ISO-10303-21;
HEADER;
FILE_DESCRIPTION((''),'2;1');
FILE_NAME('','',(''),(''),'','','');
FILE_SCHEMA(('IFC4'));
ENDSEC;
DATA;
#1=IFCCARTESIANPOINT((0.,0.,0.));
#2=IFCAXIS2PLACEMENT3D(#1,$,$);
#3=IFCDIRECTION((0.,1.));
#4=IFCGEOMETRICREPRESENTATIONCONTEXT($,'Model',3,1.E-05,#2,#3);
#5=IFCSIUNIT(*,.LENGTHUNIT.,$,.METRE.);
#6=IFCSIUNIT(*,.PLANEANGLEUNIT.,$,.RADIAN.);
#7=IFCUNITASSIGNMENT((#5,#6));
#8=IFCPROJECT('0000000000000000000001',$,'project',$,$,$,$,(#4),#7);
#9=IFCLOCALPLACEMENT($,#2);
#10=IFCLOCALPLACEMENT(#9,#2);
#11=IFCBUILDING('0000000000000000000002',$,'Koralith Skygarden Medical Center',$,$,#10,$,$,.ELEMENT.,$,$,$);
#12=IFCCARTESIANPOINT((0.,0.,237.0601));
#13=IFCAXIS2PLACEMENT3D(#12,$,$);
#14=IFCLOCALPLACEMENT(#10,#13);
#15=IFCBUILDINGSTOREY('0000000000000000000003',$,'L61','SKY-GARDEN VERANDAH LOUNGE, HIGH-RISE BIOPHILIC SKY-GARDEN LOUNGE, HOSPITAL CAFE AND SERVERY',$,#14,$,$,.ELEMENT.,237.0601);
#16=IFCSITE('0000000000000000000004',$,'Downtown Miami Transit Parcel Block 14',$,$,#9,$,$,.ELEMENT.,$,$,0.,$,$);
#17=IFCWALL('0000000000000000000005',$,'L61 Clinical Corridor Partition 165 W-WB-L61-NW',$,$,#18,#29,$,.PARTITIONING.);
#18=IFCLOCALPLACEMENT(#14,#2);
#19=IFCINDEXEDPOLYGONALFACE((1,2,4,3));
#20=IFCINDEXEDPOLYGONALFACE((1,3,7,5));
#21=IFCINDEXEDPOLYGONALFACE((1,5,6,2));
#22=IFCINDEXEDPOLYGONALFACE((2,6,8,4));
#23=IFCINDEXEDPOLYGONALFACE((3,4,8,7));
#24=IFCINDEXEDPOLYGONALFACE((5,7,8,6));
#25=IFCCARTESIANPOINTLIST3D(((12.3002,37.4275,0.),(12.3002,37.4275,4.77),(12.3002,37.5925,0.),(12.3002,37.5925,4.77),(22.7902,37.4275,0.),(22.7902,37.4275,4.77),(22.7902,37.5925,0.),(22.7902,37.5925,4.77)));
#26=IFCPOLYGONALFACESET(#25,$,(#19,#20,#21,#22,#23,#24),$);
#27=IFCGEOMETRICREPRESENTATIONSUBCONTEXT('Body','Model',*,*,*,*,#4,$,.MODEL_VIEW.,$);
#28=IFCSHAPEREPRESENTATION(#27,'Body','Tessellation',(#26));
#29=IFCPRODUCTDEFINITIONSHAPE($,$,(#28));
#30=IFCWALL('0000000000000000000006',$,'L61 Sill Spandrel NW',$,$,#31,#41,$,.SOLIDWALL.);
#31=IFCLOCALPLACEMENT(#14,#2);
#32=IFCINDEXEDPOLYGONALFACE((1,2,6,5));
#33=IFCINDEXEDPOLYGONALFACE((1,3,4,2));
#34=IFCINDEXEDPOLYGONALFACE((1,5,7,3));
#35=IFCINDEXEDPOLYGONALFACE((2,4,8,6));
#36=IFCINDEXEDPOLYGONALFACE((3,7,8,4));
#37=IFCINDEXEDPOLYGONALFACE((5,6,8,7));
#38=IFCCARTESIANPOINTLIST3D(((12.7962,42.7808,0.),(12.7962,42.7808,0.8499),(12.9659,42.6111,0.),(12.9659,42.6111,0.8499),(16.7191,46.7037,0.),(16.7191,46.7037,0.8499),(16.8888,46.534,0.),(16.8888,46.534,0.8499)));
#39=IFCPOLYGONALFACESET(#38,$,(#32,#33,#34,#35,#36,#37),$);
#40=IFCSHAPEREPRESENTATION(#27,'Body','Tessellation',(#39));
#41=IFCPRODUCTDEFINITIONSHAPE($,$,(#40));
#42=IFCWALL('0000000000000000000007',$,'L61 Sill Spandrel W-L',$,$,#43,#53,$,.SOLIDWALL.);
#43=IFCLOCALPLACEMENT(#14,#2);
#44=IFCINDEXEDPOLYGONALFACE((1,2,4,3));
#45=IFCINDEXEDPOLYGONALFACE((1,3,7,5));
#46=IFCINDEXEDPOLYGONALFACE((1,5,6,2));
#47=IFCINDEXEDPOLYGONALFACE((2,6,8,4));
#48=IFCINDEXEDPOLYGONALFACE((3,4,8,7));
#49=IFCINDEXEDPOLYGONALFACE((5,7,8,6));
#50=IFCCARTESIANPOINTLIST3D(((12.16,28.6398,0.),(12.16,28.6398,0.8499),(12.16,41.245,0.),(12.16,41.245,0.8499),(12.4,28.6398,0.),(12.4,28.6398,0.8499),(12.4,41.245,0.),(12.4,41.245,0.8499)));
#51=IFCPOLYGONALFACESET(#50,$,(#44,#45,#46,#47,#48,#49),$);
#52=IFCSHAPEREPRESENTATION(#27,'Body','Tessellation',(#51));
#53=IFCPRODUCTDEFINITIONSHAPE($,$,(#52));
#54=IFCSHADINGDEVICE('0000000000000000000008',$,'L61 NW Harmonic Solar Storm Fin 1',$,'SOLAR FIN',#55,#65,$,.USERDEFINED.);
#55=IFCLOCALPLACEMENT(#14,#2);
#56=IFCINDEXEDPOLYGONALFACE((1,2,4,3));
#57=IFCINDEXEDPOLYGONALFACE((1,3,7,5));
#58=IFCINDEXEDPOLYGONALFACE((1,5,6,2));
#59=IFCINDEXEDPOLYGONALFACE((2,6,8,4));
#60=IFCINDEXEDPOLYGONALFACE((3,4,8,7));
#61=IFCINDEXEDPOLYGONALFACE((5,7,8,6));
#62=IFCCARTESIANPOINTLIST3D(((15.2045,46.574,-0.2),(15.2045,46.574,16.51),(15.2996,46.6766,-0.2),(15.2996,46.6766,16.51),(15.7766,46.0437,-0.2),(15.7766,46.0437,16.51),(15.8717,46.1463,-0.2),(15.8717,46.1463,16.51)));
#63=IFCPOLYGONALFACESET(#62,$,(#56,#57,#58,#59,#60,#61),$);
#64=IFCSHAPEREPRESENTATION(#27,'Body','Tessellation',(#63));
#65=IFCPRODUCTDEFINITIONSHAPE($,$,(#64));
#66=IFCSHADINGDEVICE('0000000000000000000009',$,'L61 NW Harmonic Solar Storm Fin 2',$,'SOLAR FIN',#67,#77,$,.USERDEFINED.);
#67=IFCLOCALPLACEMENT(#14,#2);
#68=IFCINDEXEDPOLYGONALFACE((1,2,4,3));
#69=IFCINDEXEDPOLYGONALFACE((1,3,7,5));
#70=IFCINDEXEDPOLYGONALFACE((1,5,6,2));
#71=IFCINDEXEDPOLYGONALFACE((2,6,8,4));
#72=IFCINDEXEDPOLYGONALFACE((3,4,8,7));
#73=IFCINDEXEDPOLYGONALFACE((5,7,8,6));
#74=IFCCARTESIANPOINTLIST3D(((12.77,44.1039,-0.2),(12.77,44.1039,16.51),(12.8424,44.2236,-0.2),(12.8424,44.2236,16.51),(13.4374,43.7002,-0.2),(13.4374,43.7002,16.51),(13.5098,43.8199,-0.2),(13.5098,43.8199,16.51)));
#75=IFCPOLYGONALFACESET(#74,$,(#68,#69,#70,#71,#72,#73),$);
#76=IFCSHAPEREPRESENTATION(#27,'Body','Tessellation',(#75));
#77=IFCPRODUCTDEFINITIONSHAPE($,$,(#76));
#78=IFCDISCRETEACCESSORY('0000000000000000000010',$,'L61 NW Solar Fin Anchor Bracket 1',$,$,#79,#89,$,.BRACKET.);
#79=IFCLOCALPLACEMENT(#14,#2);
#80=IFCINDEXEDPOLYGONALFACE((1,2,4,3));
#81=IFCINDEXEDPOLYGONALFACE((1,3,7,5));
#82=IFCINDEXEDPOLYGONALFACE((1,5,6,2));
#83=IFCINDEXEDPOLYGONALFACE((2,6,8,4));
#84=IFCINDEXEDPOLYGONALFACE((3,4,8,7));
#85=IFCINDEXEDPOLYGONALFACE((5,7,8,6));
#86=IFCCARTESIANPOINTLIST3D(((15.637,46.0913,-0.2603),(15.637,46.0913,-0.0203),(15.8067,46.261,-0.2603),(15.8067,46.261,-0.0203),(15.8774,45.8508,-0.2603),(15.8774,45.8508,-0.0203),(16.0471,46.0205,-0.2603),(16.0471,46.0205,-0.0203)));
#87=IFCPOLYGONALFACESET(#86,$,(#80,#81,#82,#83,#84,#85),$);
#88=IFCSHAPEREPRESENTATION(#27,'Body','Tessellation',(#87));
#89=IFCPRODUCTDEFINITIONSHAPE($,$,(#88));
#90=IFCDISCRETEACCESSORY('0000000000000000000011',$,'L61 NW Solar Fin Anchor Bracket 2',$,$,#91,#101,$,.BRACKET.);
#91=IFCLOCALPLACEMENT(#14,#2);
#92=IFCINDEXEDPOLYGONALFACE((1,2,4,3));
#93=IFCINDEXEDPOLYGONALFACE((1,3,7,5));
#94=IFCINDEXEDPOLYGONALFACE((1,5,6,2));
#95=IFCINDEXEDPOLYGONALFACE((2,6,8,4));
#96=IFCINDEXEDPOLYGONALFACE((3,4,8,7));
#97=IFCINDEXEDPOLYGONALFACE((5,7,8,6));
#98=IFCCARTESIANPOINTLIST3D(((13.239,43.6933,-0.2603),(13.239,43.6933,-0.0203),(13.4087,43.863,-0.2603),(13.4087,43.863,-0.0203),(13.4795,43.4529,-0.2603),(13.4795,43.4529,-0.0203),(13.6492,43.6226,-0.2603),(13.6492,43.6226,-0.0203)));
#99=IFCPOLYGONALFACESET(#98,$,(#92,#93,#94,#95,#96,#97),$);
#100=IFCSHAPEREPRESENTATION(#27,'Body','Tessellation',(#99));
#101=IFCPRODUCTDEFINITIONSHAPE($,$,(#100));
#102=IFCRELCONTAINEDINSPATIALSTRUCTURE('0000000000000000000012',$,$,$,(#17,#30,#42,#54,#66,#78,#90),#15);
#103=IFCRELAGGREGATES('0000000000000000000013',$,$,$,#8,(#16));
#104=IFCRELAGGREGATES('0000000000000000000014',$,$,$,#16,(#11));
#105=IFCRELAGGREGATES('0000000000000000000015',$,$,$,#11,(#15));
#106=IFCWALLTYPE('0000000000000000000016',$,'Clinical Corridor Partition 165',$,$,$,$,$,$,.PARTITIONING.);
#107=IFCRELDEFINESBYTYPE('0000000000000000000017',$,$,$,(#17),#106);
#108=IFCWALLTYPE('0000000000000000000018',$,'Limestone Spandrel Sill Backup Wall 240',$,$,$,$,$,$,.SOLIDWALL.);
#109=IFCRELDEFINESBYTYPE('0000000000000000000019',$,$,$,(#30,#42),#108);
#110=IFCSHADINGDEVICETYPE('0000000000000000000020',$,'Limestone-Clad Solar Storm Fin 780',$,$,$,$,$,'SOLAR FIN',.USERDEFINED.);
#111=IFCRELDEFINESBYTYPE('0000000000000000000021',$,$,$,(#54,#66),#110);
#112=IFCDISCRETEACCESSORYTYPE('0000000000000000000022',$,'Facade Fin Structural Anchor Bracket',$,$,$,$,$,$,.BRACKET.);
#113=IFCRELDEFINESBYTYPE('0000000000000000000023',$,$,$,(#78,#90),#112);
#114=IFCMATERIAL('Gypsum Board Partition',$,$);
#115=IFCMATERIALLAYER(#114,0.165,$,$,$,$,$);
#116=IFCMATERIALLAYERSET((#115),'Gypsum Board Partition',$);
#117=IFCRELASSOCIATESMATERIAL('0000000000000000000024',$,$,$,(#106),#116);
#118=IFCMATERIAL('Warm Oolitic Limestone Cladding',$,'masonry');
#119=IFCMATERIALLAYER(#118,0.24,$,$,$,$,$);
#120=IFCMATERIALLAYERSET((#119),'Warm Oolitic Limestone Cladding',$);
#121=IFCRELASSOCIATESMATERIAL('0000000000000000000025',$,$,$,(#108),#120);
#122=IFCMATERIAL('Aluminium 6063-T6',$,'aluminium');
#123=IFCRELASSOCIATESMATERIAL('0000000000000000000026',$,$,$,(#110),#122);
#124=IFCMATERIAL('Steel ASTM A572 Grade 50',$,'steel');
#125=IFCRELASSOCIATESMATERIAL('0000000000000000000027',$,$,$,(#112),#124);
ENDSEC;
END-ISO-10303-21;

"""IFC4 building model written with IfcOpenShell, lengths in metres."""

from ifc_helpers import new_model, si_unit, direction, frame, frame_2d, origin, origin_2d, place, context, subcontext, project, spatial, rectangle, extrude, material, layer, layer_set, type_object, element, save


model = new_model("IFC4")

# Units and contexts
model_context = context("Model", 3, precision=1e-05, world=origin(), true_north=direction((0.0, 1.0)))
body_context = subcontext(model_context, "Body", "Model", "MODEL_VIEW")
ifc_project = project(units=[si_unit("LENGTHUNIT", "METRE"), si_unit("PLANEANGLEUNIT", "RADIAN")], contexts=[model_context])

# Site, building, storey
site_placement = place(None, origin())
site = spatial("IfcSite", under=ifc_project, at=site_placement, Name="Downtown Miami Transit Parcel Block 14", CompositionType="ELEMENT", RefElevation=0.0)
building_placement = place(site_placement, origin())
building = spatial("IfcBuilding", under=site, at=building_placement, Name="Koralith Skygarden Medical Center", CompositionType="ELEMENT")
storey_placement = place(building_placement, frame((0.0, 0.0, 237.0601)))
storey = spatial("IfcBuildingStorey", under=building, at=storey_placement, Name="L61", Description="SKY-GARDEN VERANDAH LOUNGE, HIGH-RISE BIOPHILIC SKY-GARDEN LOUNGE, HOSPITAL CAFE AND SERVERY", CompositionType="ELEMENT", Elevation=237.0601)

# Shared definitions
ifc_material_1 = material(Name="Aluminium 6063-T6", Category="aluminium")

# Shared definitions
ifc_material_2 = material(Name="Warm Oolitic Limestone Cladding", Category="masonry")

# Walls
ifc_material_3 = material(Name="Gypsum Board Partition")
ifc_layer_1 = layer(ifc_material_3, 0.165)
ifc_layer_set_1 = layer_set([ifc_layer_1], Name="Gypsum Board Partition")
wall_type_1 = type_object("IfcWallType", Name="Clinical Corridor Partition 165", PredefinedType="PARTITIONING", material=ifc_layer_set_1)
wall_1_placement = place(storey_placement, frame((12.3, 37.51, 0.0), z_axis=(0.0, 0.0, 1.0), x_axis=(1.0, 0.0, 0.0)))
element("IfcWall", 1, at=wall_1_placement, inside=storey, type_object=wall_type_1, Name="L61 Clinical Corridor Partition 165 W-WB-L61-NW", PredefinedType="PARTITIONING", context=body_context, shape_type="SweptSolid", body=[
    extrude(rectangle(XDim=10.49, YDim=0.165, at=frame_2d((5.2451, 0.0))), origin(), (0.0, 0.0, 1.0), 4.77),
])
ifc_layer_2 = layer(ifc_material_2, 0.24)
ifc_layer_set_2 = layer_set([ifc_layer_2], Name="Warm Oolitic Limestone Cladding")
wall_type_2 = type_object("IfcWallType", Name="Limestone Spandrel Sill Backup Wall 240", PredefinedType="SOLIDWALL", material=ifc_layer_set_2)
wall_2_placement = place(storey_placement, frame((16.804, 46.6189, 0.0), z_axis=(0.0, 0.0, 1.0), x_axis=(-0.707107, -0.707107, 0.0)))
element("IfcWall", 2, at=wall_2_placement, inside=storey, type_object=wall_type_2, Name="L61 Sill Spandrel NW", PredefinedType="SOLIDWALL", context=body_context, shape_type="SweptSolid", body=[
    extrude(rectangle(XDim=5.5479, YDim=0.24, at=frame_2d((2.7739, 0.0))), origin(), (0.0, 0.0, 1.0), 0.8499),
])
wall_3_placement = place(storey_placement, frame((12.28, 41.2451, 0.0), z_axis=(0.0, 0.0, 1.0), x_axis=(0.0, -1.0, 0.0)))
element("IfcWall", 3, at=wall_3_placement, inside=storey, type_object=wall_type_2, Name="L61 Sill Spandrel W-L", PredefinedType="SOLIDWALL", context=body_context, shape_type="SweptSolid", body=[
    extrude(rectangle(XDim=12.6052, YDim=0.24, at=frame_2d((6.3027, 0.0))), origin(), (0.0, 0.0, 1.0), 0.8499),
])

# Shading devices
shading_device_type = type_object("IfcShadingDeviceType", Name="Limestone-Clad Solar Storm Fin 780", ElementType="SOLAR FIN", PredefinedType="USERDEFINED", material=ifc_material_1)
for number, where, z_axis, x_axis, name in (
    (4, (15.5381, 46.3601, -0.2), (0.0, 0.0, 1.0), (-0.73335, 0.679851, 0.0), "L61 NW Harmonic Solar Storm Fin 1"),
    (5, (13.1399, 43.9619, -0.2), (0.0, 0.0, 1.0), (-0.855662, 0.517534, 0.0), "L61 NW Harmonic Solar Storm Fin 2"),
):
    element("IfcShadingDevice", number, at=place(storey_placement, frame(where, z_axis=z_axis, x_axis=x_axis)), inside=storey, type_object=shading_device_type, Name=name, ObjectType="SOLAR FIN", PredefinedType="USERDEFINED", context=body_context, shape_type="SweptSolid", body=[
        extrude(rectangle(XDim=0.78, YDim=0.1399, at=origin_2d()), origin(), (0.0, 0.0, 1.0), 16.71),
    ])

# Discrete accessories
ifc_material_4 = material(Name="Steel ASTM A572 Grade 50", Category="steel")
discrete_accessory_type = type_object("IfcDiscreteAccessoryType", Name="Facade Fin Structural Anchor Bracket", PredefinedType="BRACKET", material=ifc_material_4)
for number, where, z_axis, x_axis, name in (
    (6, (15.842, 46.0559, -0.2603), (0.0, 0.0, 1.0), (-0.707107, 0.707107, 0.0), "L61 NW Solar Fin Anchor Bracket 1"),
    (7, (13.4441, 43.658, -0.2603), (0.0, 0.0, 1.0), (-0.707107, 0.707107, 0.0), "L61 NW Solar Fin Anchor Bracket 2"),
):
    element("IfcDiscreteAccessory", number, at=place(storey_placement, frame(where, z_axis=z_axis, x_axis=x_axis)), inside=storey, type_object=discrete_accessory_type, Name=name, PredefinedType="BRACKET", context=body_context, shape_type="SweptSolid", body=[
        extrude(rectangle(XDim=0.3401, YDim=0.24, at=origin_2d()), origin(), (0.0, 0.0, 1.0), 0.24),
    ])

save(model, "model.ifc")
